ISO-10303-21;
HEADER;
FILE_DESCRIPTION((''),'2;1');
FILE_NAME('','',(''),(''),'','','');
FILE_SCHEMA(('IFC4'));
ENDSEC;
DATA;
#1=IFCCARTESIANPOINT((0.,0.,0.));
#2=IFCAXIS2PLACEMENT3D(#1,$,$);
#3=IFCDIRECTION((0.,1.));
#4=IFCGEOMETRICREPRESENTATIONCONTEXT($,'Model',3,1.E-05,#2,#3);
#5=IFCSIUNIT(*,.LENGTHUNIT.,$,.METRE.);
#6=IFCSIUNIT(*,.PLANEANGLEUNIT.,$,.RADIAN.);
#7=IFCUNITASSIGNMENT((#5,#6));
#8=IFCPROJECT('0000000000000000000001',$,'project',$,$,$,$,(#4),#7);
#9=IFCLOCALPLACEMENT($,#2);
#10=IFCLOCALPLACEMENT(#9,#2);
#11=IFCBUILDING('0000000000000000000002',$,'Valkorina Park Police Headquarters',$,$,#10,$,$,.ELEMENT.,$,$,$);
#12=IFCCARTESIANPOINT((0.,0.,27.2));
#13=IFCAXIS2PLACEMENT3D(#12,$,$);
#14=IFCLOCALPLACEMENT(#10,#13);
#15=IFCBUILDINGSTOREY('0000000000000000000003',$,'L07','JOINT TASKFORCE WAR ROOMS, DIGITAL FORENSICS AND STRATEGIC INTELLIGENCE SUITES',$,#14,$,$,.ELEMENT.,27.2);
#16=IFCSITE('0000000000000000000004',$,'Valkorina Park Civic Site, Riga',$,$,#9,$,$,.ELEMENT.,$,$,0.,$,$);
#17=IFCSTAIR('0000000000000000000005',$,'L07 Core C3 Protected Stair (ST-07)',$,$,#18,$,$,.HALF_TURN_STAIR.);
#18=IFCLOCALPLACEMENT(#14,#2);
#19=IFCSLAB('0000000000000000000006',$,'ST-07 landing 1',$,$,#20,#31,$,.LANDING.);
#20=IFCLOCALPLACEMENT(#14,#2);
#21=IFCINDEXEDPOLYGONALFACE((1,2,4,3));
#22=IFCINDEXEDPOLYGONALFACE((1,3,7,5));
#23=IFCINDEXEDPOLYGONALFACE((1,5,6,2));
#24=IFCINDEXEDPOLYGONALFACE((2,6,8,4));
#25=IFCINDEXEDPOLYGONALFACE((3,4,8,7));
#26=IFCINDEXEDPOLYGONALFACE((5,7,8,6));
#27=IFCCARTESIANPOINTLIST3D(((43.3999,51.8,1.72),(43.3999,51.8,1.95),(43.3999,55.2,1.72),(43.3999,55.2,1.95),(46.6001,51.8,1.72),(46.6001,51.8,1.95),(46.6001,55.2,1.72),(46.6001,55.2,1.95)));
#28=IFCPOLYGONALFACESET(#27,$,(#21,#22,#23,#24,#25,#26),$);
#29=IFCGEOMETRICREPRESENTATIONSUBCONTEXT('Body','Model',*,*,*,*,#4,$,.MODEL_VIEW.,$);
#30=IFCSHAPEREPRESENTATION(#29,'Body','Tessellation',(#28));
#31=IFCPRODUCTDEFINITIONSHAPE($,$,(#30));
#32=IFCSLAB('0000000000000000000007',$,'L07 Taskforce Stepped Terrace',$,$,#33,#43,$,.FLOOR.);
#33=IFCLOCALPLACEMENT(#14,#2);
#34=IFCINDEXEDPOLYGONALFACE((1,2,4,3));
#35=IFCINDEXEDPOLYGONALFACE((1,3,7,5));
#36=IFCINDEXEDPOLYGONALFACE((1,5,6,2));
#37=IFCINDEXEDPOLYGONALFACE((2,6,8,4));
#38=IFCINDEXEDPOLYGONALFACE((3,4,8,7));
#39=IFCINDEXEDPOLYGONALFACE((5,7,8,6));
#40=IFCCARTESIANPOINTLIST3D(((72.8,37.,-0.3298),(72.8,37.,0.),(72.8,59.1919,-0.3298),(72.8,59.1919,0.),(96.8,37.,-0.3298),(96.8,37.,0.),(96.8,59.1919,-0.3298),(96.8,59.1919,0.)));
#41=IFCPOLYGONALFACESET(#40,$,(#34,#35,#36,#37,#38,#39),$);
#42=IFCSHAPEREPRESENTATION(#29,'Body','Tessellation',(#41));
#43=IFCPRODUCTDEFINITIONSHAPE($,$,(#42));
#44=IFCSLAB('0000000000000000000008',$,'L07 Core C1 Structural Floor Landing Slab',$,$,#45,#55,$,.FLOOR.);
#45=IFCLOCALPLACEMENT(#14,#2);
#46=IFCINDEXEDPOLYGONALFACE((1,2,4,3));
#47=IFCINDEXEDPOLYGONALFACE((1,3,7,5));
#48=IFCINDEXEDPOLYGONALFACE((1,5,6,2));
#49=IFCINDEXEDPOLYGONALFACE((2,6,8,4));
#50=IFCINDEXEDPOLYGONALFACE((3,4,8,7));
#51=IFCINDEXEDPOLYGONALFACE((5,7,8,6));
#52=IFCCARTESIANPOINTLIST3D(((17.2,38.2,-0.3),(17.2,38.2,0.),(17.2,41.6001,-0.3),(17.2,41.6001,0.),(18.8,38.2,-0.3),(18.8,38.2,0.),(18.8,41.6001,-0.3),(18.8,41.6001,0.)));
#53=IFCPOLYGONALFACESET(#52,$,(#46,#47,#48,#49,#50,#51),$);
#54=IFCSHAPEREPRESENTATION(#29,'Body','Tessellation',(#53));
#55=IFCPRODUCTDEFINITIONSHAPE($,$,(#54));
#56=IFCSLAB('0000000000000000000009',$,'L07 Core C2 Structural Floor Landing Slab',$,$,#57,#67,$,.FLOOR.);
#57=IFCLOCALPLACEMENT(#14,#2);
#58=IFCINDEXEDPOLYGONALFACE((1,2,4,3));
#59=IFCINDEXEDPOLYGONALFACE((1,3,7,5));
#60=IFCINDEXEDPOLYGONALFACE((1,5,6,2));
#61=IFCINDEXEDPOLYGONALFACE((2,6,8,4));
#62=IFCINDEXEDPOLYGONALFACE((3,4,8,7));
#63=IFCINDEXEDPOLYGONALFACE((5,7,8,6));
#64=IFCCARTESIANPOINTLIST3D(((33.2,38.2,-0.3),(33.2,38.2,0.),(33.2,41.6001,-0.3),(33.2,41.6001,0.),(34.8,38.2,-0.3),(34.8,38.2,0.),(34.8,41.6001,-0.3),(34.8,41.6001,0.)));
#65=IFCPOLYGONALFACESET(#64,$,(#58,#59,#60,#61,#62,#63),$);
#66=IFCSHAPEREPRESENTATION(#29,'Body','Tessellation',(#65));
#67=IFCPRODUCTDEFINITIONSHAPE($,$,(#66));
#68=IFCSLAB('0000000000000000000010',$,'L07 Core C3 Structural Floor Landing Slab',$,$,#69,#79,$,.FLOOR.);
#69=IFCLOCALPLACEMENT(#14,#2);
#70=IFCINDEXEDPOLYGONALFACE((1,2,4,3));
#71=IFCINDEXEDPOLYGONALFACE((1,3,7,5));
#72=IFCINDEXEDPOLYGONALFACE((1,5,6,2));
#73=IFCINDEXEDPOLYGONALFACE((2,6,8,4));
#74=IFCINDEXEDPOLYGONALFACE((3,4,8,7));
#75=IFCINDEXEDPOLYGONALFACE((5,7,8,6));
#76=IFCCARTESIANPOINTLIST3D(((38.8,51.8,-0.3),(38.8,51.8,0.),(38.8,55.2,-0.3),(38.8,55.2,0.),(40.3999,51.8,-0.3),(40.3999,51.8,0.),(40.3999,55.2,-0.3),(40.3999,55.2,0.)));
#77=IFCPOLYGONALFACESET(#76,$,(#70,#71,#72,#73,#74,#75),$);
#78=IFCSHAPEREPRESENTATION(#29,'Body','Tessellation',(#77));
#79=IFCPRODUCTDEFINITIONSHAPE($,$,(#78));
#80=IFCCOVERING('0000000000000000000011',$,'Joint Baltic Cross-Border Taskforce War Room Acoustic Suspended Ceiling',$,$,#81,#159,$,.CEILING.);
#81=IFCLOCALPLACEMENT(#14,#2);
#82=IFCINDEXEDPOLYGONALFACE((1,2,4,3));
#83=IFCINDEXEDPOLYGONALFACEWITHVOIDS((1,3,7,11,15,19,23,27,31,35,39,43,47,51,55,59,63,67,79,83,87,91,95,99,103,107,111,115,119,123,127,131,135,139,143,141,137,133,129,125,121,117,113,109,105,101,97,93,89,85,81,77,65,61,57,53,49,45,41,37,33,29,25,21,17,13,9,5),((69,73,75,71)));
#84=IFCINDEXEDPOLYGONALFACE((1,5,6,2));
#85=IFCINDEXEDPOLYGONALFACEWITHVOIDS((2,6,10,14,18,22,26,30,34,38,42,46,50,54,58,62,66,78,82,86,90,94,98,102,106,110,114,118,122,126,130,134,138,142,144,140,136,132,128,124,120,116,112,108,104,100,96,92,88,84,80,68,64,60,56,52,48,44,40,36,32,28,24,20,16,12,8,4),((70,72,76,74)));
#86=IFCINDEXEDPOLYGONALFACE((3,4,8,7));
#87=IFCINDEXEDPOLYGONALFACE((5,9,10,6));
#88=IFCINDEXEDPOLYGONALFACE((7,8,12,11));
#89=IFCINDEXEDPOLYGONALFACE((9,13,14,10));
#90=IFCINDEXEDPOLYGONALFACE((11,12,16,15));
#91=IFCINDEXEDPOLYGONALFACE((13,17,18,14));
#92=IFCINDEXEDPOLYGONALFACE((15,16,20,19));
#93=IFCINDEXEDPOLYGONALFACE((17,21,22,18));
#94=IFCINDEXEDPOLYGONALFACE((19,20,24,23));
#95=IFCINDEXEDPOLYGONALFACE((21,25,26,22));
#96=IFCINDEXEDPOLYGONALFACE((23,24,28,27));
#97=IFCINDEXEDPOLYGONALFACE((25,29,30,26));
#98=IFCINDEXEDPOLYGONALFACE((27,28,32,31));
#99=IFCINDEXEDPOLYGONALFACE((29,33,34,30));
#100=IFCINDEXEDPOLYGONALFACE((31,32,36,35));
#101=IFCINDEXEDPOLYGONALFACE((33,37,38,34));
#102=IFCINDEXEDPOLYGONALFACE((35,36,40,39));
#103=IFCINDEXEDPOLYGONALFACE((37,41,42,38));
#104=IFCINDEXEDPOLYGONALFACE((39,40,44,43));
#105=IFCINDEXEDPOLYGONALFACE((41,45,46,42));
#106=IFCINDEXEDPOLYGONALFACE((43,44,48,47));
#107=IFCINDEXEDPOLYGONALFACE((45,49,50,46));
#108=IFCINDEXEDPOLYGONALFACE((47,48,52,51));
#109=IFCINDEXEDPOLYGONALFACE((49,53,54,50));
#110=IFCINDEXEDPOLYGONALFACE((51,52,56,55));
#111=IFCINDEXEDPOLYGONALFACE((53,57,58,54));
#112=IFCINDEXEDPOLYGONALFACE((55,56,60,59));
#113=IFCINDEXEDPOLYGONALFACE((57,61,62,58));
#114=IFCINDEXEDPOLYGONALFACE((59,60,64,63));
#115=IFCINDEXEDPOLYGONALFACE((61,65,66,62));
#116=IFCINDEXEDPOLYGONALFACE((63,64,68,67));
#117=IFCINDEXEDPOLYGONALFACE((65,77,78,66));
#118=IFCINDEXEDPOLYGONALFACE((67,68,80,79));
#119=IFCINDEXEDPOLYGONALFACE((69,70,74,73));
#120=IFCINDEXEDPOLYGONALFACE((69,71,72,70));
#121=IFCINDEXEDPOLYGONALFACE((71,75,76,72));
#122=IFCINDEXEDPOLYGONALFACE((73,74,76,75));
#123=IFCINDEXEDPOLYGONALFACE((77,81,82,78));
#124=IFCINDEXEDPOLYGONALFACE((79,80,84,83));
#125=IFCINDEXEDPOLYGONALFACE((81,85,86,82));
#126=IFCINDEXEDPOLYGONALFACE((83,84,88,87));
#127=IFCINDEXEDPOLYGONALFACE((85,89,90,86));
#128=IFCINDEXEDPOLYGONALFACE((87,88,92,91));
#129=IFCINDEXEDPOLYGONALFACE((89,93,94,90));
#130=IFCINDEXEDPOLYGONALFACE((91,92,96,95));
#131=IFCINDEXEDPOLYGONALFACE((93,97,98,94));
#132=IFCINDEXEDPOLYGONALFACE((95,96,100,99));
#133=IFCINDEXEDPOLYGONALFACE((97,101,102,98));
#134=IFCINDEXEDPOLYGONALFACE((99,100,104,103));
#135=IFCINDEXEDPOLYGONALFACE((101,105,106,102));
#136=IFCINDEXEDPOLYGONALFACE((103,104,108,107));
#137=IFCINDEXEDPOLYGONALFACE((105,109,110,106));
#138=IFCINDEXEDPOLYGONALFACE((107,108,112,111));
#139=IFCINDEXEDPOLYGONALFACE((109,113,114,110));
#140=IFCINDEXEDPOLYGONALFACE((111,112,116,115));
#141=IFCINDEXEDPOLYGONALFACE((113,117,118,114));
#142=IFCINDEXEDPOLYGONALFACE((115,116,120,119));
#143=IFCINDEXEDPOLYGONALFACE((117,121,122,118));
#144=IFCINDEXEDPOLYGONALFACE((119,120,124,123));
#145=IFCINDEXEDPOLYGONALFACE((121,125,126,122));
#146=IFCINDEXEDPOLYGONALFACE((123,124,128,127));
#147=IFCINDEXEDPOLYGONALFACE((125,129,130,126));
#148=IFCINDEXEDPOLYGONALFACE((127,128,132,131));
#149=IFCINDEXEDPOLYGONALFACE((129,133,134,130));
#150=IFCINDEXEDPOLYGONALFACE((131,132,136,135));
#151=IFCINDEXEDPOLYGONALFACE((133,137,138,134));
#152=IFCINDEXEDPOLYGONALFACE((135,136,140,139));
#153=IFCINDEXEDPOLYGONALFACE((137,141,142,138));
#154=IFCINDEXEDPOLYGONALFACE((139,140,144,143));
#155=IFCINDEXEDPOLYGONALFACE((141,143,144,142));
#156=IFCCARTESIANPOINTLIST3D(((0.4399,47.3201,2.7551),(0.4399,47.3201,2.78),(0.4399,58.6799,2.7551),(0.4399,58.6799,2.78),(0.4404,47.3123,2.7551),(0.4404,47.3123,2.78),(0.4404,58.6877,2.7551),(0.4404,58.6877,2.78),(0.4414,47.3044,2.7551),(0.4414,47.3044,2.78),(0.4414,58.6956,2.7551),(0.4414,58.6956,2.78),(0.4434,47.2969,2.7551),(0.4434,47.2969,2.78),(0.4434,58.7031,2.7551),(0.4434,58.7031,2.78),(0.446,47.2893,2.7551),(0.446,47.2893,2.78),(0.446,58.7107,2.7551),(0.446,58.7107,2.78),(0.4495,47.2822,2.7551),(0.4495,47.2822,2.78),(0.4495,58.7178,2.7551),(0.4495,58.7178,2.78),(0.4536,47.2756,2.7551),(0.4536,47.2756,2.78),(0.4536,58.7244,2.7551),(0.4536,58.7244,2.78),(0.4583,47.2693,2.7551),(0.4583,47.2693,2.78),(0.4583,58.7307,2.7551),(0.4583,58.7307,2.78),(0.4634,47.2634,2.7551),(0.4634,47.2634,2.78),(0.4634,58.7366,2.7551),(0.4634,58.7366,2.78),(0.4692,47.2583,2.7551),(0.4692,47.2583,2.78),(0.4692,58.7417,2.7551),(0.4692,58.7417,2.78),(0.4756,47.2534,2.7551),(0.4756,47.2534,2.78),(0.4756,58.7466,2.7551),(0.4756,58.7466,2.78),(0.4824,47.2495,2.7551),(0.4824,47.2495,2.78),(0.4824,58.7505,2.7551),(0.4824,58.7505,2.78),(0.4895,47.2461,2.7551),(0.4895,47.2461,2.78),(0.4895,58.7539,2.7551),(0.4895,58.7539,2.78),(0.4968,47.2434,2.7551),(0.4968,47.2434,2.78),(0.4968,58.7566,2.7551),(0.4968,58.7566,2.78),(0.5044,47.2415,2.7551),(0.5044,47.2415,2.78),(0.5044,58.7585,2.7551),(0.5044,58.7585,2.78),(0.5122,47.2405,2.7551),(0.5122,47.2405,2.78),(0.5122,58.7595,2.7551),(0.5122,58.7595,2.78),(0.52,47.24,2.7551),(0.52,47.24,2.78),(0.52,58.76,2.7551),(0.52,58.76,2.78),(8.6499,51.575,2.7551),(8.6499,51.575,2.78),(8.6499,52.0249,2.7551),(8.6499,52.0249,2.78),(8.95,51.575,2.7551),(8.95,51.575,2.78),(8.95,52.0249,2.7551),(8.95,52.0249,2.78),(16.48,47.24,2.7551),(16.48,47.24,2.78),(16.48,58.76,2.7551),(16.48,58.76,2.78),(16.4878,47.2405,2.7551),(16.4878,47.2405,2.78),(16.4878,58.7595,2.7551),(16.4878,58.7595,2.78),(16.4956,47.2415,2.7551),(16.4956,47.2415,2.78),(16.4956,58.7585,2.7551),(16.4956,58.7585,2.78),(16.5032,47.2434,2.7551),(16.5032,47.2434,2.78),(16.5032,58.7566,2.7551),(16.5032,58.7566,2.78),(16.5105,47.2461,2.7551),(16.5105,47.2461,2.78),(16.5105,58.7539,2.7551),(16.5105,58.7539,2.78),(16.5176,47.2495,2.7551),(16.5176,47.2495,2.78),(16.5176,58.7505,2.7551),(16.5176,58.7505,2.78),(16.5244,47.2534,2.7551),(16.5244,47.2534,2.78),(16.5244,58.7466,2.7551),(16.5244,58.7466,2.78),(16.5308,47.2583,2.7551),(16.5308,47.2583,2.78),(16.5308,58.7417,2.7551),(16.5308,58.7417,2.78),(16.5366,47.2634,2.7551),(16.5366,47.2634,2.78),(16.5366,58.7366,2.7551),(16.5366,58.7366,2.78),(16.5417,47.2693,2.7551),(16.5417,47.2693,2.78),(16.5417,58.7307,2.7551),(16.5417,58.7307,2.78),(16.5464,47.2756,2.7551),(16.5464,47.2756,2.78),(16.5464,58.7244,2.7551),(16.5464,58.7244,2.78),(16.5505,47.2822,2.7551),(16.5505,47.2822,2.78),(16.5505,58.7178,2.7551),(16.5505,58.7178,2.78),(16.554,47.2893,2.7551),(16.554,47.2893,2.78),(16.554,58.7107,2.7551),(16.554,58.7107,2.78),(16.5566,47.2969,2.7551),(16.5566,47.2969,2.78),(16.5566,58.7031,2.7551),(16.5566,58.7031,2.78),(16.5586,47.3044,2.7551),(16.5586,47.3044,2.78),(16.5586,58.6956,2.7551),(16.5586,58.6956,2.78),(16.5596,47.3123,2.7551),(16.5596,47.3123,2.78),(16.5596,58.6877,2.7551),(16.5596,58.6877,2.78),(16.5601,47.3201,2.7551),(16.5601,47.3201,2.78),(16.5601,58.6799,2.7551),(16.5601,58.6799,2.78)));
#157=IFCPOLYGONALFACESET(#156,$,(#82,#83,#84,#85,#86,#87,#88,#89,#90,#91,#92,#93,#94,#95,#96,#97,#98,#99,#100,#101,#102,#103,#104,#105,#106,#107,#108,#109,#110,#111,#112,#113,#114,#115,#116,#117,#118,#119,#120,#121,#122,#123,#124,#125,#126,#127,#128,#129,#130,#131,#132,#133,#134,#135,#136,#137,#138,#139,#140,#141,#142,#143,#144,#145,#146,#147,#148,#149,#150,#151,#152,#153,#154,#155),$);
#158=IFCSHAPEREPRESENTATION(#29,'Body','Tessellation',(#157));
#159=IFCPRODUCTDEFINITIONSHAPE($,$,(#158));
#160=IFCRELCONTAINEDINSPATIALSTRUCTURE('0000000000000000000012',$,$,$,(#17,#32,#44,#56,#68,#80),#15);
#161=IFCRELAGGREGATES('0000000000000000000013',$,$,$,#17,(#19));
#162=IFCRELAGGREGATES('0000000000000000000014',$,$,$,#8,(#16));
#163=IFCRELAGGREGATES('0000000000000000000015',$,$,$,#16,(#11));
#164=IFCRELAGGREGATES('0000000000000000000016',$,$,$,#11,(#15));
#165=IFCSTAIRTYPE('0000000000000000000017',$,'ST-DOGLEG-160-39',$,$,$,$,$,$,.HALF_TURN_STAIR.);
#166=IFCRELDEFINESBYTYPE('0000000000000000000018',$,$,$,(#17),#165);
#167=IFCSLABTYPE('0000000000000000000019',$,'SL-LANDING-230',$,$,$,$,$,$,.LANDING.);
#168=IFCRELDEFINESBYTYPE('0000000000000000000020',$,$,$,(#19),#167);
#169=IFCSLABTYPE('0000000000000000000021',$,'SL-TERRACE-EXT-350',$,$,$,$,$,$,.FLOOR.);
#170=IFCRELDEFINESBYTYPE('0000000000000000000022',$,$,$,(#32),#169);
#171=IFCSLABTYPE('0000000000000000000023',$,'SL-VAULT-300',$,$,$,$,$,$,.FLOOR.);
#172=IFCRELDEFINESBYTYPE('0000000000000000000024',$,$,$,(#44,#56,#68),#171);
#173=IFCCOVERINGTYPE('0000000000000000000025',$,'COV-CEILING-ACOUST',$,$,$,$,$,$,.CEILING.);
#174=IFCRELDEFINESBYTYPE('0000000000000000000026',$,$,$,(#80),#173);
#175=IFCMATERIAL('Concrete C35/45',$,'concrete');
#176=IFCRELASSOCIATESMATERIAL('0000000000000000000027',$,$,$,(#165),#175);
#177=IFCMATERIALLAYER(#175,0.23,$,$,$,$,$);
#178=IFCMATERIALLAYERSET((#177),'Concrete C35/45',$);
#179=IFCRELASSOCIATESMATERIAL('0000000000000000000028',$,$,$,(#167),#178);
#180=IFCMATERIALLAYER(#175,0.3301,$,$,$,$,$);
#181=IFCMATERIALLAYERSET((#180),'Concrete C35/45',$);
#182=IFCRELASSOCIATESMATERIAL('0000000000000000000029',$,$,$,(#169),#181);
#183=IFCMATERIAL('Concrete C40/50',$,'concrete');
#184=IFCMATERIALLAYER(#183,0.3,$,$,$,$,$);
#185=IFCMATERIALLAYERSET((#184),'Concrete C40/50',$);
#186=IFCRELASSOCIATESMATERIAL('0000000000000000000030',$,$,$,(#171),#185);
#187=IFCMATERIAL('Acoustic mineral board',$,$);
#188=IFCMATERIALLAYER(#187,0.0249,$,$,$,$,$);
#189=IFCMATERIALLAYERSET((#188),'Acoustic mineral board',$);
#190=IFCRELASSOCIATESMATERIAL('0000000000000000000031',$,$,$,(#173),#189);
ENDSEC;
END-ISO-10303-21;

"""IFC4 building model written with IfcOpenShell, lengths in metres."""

from ifc_helpers import new_model, si_unit, direction, frame, origin, place, context, subcontext, project, spatial, polyline, outline, extrude, material, layer, layer_set, type_object, element, aggregate, save


model = new_model("IFC4")

# Units and contexts
model_context = context("Model", 3, precision=1e-05, world=origin(), true_north=direction((0.0, 1.0)))
body_context = subcontext(model_context, "Body", "Model", "MODEL_VIEW")
ifc_project = project(units=[si_unit("LENGTHUNIT", "METRE"), si_unit("PLANEANGLEUNIT", "RADIAN")], contexts=[model_context])

# Site, building, storey
site_placement = place(None, origin())
site = spatial("IfcSite", under=ifc_project, at=site_placement, Name="Valkorina Park Civic Site, Riga", CompositionType="ELEMENT", RefElevation=0.0)
building_placement = place(site_placement, origin())
building = spatial("IfcBuilding", under=site, at=building_placement, Name="Valkorina Park Police Headquarters", CompositionType="ELEMENT")
storey_placement = place(building_placement, frame((0.0, 0.0, 27.2)))
storey = spatial("IfcBuildingStorey", under=building, at=storey_placement, Name="L07", Description="JOINT TASKFORCE WAR ROOMS, DIGITAL FORENSICS AND STRATEGIC INTELLIGENCE SUITES", CompositionType="ELEMENT", Elevation=27.2)

# Shared definitions
ifc_material_1 = material(Name="Concrete C35/45", Category="concrete")

# Stair, slab
stair_type = type_object("IfcStairType", Name="ST-DOGLEG-160-39", PredefinedType="HALF_TURN_STAIR", material=ifc_material_1)
ifc_layer_1 = layer(ifc_material_1, 0.23)
ifc_layer_set_1 = layer_set([ifc_layer_1], Name="Concrete C35/45")
slab_type_1 = type_object("IfcSlabType", Name="SL-LANDING-230", PredefinedType="LANDING", material=ifc_layer_set_1)
stair_1_placement = place(storey_placement, origin())
stair_1 = element("IfcStair", 1, at=stair_1_placement, inside=storey, type_object=stair_type, Name="L07 Core C3 Protected Stair (ST-07)", PredefinedType="HALF_TURN_STAIR")
slab_1_placement = place(storey_placement, frame((0.0, 0.0, 1.72)))
slab_1 = element("IfcSlab", 2, at=slab_1_placement, type_object=slab_type_1, Name="ST-07 landing 1", PredefinedType="LANDING", context=body_context, shape_type="SweptSolid", body=[
    extrude(outline(polyline([(43.3999, 51.8), (46.6001, 51.8), (46.6001, 55.2), (43.3999, 55.2), (43.3999, 51.8)])), origin(), (0.0, 0.0, 1.0), 0.23),
])
aggregate(stair_1, [slab_1])

# Slabs
ifc_layer_2 = layer(ifc_material_1, 0.3301)
ifc_layer_set_2 = layer_set([ifc_layer_2], Name="Concrete C35/45")
slab_type_2 = type_object("IfcSlabType", Name="SL-TERRACE-EXT-350", PredefinedType="FLOOR", material=ifc_layer_set_2)
slab_2_placement = place(storey_placement, frame((0.0, 0.0, -0.3298)))
element("IfcSlab", 3, at=slab_2_placement, inside=storey, type_object=slab_type_2, Name="L07 Taskforce Stepped Terrace", PredefinedType="FLOOR", context=body_context, shape_type="SweptSolid", body=[
    extrude(outline(polyline([(96.8, 59.1919), (72.8, 59.1919), (72.8, 37.0), (96.8, 37.0), (96.8, 59.1919)])), origin(), (0.0, 0.0, 1.0), 0.3298),
])
ifc_material_2 = material(Name="Concrete C40/50", Category="concrete")
ifc_layer_3 = layer(ifc_material_2, 0.3)
ifc_layer_set_3 = layer_set([ifc_layer_3], Name="Concrete C40/50")
slab_type_3 = type_object("IfcSlabType", Name="SL-VAULT-300", PredefinedType="FLOOR", material=ifc_layer_set_3)
slab_3_placement = place(storey_placement, frame((0.0, 0.0, -0.3)))
element("IfcSlab", 4, at=slab_3_placement, inside=storey, type_object=slab_type_3, Name="L07 Core C1 Structural Floor Landing Slab", PredefinedType="FLOOR", context=body_context, shape_type="SweptSolid", body=[
    extrude(outline(polyline([(17.2, 38.2), (18.8, 38.2), (18.8, 41.6001), (17.2, 41.6001), (17.2, 38.2)])), origin(), (0.0, 0.0, 1.0), 0.3),
])
slab_4_placement = place(storey_placement, frame((0.0, 0.0, -0.3)))
element("IfcSlab", 5, at=slab_4_placement, inside=storey, type_object=slab_type_3, Name="L07 Core C2 Structural Floor Landing Slab", PredefinedType="FLOOR", context=body_context, shape_type="SweptSolid", body=[
    extrude(outline(polyline([(33.2, 38.2), (34.8, 38.2), (34.8, 41.6001), (33.2, 41.6001), (33.2, 38.2)])), origin(), (0.0, 0.0, 1.0), 0.3),
])
slab_5_placement = place(storey_placement, frame((0.0, 0.0, -0.3)))
element("IfcSlab", 6, at=slab_5_placement, inside=storey, type_object=slab_type_3, Name="L07 Core C3 Structural Floor Landing Slab", PredefinedType="FLOOR", context=body_context, shape_type="SweptSolid", body=[
    extrude(outline(polyline([(38.8, 51.8), (40.3999, 51.8), (40.3999, 55.2), (38.8, 55.2), (38.8, 51.8)])), origin(), (0.0, 0.0, 1.0), 0.3),
])

# Covering
ifc_material_3 = material(Name="Acoustic mineral board")
ifc_layer_4 = layer(ifc_material_3, 0.0249)
ifc_layer_set_4 = layer_set([ifc_layer_4], Name="Acoustic mineral board")
covering_type_1 = type_object("IfcCoveringType", Name="COV-CEILING-ACOUST", PredefinedType="CEILING", material=ifc_layer_set_4)
covering_1_placement = place(storey_placement, frame((0.0, 0.0, 2.7551)))
element("IfcCovering", 7, at=covering_1_placement, inside=storey, type_object=covering_type_1, Name="Joint Baltic Cross-Border Taskforce War Room Acoustic Suspended Ceiling", PredefinedType="CEILING", context=body_context, shape_type="SweptSolid", body=[
    extrude(outline(polyline([(16.4956, 58.7585), (16.4878, 58.7595), (16.48, 58.76), (0.52, 58.76), (0.5122, 58.7595), (0.5044, 58.7585), (0.4968, 58.7566), (0.4895, 58.7539), (0.4824, 58.7505), (0.4756, 58.7466), (0.4692, 58.7417), (0.4634, 58.7366), (0.4583, 58.7307), (0.4536, 58.7244), (0.4495, 58.7178), (0.446, 58.7107), (0.4434, 58.7031), (0.4414, 58.6956), (0.4404, 58.6877), (0.4399, 58.6799), (0.4399, 47.3201), (0.4404, 47.3123), (0.4414, 47.3044), (0.4434, 47.2969), (0.446, 47.2893), (0.4495, 47.2822), (0.4536, 47.2756), (0.4583, 47.2693), (0.4634, 47.2634), (0.4692, 47.2583), (0.4756, 47.2534), (0.4824, 47.2495), (0.4895, 47.2461), (0.4968, 47.2434), (0.5044, 47.2415), (0.5122, 47.2405), (0.52, 47.24), (16.48, 47.24), (16.4878, 47.2405), (16.4956, 47.2415), (16.5032, 47.2434), (16.5105, 47.2461), (16.5176, 47.2495), (16.5244, 47.2534), (16.5308, 47.2583), (16.5366, 47.2634), (16.5417, 47.2693), (16.5464, 47.2756), (16.5505, 47.2822), (16.554, 47.2893), (16.5566, 47.2969), (16.5586, 47.3044), (16.5596, 47.3123), (16.5601, 47.3201), (16.5601, 58.6799), (16.5596, 58.6877), (16.5586, 58.6956), (16.5566, 58.7031), (16.554, 58.7107), (16.5505, 58.7178), (16.5464, 58.7244), (16.5417, 58.7307), (16.5366, 58.7366), (16.5308, 58.7417), (16.5244, 58.7466), (16.5176, 58.7505), (16.5105, 58.7539), (16.5032, 58.7566), (16.4956, 58.7585)]), holes=[polyline([(8.6499, 51.575), (8.6499, 52.0249), (8.95, 52.0249), (8.95, 51.575), (8.6499, 51.575)])]), origin(), (0.0, 0.0, 1.0), 0.0249),
])

save(model, "model.ifc")
